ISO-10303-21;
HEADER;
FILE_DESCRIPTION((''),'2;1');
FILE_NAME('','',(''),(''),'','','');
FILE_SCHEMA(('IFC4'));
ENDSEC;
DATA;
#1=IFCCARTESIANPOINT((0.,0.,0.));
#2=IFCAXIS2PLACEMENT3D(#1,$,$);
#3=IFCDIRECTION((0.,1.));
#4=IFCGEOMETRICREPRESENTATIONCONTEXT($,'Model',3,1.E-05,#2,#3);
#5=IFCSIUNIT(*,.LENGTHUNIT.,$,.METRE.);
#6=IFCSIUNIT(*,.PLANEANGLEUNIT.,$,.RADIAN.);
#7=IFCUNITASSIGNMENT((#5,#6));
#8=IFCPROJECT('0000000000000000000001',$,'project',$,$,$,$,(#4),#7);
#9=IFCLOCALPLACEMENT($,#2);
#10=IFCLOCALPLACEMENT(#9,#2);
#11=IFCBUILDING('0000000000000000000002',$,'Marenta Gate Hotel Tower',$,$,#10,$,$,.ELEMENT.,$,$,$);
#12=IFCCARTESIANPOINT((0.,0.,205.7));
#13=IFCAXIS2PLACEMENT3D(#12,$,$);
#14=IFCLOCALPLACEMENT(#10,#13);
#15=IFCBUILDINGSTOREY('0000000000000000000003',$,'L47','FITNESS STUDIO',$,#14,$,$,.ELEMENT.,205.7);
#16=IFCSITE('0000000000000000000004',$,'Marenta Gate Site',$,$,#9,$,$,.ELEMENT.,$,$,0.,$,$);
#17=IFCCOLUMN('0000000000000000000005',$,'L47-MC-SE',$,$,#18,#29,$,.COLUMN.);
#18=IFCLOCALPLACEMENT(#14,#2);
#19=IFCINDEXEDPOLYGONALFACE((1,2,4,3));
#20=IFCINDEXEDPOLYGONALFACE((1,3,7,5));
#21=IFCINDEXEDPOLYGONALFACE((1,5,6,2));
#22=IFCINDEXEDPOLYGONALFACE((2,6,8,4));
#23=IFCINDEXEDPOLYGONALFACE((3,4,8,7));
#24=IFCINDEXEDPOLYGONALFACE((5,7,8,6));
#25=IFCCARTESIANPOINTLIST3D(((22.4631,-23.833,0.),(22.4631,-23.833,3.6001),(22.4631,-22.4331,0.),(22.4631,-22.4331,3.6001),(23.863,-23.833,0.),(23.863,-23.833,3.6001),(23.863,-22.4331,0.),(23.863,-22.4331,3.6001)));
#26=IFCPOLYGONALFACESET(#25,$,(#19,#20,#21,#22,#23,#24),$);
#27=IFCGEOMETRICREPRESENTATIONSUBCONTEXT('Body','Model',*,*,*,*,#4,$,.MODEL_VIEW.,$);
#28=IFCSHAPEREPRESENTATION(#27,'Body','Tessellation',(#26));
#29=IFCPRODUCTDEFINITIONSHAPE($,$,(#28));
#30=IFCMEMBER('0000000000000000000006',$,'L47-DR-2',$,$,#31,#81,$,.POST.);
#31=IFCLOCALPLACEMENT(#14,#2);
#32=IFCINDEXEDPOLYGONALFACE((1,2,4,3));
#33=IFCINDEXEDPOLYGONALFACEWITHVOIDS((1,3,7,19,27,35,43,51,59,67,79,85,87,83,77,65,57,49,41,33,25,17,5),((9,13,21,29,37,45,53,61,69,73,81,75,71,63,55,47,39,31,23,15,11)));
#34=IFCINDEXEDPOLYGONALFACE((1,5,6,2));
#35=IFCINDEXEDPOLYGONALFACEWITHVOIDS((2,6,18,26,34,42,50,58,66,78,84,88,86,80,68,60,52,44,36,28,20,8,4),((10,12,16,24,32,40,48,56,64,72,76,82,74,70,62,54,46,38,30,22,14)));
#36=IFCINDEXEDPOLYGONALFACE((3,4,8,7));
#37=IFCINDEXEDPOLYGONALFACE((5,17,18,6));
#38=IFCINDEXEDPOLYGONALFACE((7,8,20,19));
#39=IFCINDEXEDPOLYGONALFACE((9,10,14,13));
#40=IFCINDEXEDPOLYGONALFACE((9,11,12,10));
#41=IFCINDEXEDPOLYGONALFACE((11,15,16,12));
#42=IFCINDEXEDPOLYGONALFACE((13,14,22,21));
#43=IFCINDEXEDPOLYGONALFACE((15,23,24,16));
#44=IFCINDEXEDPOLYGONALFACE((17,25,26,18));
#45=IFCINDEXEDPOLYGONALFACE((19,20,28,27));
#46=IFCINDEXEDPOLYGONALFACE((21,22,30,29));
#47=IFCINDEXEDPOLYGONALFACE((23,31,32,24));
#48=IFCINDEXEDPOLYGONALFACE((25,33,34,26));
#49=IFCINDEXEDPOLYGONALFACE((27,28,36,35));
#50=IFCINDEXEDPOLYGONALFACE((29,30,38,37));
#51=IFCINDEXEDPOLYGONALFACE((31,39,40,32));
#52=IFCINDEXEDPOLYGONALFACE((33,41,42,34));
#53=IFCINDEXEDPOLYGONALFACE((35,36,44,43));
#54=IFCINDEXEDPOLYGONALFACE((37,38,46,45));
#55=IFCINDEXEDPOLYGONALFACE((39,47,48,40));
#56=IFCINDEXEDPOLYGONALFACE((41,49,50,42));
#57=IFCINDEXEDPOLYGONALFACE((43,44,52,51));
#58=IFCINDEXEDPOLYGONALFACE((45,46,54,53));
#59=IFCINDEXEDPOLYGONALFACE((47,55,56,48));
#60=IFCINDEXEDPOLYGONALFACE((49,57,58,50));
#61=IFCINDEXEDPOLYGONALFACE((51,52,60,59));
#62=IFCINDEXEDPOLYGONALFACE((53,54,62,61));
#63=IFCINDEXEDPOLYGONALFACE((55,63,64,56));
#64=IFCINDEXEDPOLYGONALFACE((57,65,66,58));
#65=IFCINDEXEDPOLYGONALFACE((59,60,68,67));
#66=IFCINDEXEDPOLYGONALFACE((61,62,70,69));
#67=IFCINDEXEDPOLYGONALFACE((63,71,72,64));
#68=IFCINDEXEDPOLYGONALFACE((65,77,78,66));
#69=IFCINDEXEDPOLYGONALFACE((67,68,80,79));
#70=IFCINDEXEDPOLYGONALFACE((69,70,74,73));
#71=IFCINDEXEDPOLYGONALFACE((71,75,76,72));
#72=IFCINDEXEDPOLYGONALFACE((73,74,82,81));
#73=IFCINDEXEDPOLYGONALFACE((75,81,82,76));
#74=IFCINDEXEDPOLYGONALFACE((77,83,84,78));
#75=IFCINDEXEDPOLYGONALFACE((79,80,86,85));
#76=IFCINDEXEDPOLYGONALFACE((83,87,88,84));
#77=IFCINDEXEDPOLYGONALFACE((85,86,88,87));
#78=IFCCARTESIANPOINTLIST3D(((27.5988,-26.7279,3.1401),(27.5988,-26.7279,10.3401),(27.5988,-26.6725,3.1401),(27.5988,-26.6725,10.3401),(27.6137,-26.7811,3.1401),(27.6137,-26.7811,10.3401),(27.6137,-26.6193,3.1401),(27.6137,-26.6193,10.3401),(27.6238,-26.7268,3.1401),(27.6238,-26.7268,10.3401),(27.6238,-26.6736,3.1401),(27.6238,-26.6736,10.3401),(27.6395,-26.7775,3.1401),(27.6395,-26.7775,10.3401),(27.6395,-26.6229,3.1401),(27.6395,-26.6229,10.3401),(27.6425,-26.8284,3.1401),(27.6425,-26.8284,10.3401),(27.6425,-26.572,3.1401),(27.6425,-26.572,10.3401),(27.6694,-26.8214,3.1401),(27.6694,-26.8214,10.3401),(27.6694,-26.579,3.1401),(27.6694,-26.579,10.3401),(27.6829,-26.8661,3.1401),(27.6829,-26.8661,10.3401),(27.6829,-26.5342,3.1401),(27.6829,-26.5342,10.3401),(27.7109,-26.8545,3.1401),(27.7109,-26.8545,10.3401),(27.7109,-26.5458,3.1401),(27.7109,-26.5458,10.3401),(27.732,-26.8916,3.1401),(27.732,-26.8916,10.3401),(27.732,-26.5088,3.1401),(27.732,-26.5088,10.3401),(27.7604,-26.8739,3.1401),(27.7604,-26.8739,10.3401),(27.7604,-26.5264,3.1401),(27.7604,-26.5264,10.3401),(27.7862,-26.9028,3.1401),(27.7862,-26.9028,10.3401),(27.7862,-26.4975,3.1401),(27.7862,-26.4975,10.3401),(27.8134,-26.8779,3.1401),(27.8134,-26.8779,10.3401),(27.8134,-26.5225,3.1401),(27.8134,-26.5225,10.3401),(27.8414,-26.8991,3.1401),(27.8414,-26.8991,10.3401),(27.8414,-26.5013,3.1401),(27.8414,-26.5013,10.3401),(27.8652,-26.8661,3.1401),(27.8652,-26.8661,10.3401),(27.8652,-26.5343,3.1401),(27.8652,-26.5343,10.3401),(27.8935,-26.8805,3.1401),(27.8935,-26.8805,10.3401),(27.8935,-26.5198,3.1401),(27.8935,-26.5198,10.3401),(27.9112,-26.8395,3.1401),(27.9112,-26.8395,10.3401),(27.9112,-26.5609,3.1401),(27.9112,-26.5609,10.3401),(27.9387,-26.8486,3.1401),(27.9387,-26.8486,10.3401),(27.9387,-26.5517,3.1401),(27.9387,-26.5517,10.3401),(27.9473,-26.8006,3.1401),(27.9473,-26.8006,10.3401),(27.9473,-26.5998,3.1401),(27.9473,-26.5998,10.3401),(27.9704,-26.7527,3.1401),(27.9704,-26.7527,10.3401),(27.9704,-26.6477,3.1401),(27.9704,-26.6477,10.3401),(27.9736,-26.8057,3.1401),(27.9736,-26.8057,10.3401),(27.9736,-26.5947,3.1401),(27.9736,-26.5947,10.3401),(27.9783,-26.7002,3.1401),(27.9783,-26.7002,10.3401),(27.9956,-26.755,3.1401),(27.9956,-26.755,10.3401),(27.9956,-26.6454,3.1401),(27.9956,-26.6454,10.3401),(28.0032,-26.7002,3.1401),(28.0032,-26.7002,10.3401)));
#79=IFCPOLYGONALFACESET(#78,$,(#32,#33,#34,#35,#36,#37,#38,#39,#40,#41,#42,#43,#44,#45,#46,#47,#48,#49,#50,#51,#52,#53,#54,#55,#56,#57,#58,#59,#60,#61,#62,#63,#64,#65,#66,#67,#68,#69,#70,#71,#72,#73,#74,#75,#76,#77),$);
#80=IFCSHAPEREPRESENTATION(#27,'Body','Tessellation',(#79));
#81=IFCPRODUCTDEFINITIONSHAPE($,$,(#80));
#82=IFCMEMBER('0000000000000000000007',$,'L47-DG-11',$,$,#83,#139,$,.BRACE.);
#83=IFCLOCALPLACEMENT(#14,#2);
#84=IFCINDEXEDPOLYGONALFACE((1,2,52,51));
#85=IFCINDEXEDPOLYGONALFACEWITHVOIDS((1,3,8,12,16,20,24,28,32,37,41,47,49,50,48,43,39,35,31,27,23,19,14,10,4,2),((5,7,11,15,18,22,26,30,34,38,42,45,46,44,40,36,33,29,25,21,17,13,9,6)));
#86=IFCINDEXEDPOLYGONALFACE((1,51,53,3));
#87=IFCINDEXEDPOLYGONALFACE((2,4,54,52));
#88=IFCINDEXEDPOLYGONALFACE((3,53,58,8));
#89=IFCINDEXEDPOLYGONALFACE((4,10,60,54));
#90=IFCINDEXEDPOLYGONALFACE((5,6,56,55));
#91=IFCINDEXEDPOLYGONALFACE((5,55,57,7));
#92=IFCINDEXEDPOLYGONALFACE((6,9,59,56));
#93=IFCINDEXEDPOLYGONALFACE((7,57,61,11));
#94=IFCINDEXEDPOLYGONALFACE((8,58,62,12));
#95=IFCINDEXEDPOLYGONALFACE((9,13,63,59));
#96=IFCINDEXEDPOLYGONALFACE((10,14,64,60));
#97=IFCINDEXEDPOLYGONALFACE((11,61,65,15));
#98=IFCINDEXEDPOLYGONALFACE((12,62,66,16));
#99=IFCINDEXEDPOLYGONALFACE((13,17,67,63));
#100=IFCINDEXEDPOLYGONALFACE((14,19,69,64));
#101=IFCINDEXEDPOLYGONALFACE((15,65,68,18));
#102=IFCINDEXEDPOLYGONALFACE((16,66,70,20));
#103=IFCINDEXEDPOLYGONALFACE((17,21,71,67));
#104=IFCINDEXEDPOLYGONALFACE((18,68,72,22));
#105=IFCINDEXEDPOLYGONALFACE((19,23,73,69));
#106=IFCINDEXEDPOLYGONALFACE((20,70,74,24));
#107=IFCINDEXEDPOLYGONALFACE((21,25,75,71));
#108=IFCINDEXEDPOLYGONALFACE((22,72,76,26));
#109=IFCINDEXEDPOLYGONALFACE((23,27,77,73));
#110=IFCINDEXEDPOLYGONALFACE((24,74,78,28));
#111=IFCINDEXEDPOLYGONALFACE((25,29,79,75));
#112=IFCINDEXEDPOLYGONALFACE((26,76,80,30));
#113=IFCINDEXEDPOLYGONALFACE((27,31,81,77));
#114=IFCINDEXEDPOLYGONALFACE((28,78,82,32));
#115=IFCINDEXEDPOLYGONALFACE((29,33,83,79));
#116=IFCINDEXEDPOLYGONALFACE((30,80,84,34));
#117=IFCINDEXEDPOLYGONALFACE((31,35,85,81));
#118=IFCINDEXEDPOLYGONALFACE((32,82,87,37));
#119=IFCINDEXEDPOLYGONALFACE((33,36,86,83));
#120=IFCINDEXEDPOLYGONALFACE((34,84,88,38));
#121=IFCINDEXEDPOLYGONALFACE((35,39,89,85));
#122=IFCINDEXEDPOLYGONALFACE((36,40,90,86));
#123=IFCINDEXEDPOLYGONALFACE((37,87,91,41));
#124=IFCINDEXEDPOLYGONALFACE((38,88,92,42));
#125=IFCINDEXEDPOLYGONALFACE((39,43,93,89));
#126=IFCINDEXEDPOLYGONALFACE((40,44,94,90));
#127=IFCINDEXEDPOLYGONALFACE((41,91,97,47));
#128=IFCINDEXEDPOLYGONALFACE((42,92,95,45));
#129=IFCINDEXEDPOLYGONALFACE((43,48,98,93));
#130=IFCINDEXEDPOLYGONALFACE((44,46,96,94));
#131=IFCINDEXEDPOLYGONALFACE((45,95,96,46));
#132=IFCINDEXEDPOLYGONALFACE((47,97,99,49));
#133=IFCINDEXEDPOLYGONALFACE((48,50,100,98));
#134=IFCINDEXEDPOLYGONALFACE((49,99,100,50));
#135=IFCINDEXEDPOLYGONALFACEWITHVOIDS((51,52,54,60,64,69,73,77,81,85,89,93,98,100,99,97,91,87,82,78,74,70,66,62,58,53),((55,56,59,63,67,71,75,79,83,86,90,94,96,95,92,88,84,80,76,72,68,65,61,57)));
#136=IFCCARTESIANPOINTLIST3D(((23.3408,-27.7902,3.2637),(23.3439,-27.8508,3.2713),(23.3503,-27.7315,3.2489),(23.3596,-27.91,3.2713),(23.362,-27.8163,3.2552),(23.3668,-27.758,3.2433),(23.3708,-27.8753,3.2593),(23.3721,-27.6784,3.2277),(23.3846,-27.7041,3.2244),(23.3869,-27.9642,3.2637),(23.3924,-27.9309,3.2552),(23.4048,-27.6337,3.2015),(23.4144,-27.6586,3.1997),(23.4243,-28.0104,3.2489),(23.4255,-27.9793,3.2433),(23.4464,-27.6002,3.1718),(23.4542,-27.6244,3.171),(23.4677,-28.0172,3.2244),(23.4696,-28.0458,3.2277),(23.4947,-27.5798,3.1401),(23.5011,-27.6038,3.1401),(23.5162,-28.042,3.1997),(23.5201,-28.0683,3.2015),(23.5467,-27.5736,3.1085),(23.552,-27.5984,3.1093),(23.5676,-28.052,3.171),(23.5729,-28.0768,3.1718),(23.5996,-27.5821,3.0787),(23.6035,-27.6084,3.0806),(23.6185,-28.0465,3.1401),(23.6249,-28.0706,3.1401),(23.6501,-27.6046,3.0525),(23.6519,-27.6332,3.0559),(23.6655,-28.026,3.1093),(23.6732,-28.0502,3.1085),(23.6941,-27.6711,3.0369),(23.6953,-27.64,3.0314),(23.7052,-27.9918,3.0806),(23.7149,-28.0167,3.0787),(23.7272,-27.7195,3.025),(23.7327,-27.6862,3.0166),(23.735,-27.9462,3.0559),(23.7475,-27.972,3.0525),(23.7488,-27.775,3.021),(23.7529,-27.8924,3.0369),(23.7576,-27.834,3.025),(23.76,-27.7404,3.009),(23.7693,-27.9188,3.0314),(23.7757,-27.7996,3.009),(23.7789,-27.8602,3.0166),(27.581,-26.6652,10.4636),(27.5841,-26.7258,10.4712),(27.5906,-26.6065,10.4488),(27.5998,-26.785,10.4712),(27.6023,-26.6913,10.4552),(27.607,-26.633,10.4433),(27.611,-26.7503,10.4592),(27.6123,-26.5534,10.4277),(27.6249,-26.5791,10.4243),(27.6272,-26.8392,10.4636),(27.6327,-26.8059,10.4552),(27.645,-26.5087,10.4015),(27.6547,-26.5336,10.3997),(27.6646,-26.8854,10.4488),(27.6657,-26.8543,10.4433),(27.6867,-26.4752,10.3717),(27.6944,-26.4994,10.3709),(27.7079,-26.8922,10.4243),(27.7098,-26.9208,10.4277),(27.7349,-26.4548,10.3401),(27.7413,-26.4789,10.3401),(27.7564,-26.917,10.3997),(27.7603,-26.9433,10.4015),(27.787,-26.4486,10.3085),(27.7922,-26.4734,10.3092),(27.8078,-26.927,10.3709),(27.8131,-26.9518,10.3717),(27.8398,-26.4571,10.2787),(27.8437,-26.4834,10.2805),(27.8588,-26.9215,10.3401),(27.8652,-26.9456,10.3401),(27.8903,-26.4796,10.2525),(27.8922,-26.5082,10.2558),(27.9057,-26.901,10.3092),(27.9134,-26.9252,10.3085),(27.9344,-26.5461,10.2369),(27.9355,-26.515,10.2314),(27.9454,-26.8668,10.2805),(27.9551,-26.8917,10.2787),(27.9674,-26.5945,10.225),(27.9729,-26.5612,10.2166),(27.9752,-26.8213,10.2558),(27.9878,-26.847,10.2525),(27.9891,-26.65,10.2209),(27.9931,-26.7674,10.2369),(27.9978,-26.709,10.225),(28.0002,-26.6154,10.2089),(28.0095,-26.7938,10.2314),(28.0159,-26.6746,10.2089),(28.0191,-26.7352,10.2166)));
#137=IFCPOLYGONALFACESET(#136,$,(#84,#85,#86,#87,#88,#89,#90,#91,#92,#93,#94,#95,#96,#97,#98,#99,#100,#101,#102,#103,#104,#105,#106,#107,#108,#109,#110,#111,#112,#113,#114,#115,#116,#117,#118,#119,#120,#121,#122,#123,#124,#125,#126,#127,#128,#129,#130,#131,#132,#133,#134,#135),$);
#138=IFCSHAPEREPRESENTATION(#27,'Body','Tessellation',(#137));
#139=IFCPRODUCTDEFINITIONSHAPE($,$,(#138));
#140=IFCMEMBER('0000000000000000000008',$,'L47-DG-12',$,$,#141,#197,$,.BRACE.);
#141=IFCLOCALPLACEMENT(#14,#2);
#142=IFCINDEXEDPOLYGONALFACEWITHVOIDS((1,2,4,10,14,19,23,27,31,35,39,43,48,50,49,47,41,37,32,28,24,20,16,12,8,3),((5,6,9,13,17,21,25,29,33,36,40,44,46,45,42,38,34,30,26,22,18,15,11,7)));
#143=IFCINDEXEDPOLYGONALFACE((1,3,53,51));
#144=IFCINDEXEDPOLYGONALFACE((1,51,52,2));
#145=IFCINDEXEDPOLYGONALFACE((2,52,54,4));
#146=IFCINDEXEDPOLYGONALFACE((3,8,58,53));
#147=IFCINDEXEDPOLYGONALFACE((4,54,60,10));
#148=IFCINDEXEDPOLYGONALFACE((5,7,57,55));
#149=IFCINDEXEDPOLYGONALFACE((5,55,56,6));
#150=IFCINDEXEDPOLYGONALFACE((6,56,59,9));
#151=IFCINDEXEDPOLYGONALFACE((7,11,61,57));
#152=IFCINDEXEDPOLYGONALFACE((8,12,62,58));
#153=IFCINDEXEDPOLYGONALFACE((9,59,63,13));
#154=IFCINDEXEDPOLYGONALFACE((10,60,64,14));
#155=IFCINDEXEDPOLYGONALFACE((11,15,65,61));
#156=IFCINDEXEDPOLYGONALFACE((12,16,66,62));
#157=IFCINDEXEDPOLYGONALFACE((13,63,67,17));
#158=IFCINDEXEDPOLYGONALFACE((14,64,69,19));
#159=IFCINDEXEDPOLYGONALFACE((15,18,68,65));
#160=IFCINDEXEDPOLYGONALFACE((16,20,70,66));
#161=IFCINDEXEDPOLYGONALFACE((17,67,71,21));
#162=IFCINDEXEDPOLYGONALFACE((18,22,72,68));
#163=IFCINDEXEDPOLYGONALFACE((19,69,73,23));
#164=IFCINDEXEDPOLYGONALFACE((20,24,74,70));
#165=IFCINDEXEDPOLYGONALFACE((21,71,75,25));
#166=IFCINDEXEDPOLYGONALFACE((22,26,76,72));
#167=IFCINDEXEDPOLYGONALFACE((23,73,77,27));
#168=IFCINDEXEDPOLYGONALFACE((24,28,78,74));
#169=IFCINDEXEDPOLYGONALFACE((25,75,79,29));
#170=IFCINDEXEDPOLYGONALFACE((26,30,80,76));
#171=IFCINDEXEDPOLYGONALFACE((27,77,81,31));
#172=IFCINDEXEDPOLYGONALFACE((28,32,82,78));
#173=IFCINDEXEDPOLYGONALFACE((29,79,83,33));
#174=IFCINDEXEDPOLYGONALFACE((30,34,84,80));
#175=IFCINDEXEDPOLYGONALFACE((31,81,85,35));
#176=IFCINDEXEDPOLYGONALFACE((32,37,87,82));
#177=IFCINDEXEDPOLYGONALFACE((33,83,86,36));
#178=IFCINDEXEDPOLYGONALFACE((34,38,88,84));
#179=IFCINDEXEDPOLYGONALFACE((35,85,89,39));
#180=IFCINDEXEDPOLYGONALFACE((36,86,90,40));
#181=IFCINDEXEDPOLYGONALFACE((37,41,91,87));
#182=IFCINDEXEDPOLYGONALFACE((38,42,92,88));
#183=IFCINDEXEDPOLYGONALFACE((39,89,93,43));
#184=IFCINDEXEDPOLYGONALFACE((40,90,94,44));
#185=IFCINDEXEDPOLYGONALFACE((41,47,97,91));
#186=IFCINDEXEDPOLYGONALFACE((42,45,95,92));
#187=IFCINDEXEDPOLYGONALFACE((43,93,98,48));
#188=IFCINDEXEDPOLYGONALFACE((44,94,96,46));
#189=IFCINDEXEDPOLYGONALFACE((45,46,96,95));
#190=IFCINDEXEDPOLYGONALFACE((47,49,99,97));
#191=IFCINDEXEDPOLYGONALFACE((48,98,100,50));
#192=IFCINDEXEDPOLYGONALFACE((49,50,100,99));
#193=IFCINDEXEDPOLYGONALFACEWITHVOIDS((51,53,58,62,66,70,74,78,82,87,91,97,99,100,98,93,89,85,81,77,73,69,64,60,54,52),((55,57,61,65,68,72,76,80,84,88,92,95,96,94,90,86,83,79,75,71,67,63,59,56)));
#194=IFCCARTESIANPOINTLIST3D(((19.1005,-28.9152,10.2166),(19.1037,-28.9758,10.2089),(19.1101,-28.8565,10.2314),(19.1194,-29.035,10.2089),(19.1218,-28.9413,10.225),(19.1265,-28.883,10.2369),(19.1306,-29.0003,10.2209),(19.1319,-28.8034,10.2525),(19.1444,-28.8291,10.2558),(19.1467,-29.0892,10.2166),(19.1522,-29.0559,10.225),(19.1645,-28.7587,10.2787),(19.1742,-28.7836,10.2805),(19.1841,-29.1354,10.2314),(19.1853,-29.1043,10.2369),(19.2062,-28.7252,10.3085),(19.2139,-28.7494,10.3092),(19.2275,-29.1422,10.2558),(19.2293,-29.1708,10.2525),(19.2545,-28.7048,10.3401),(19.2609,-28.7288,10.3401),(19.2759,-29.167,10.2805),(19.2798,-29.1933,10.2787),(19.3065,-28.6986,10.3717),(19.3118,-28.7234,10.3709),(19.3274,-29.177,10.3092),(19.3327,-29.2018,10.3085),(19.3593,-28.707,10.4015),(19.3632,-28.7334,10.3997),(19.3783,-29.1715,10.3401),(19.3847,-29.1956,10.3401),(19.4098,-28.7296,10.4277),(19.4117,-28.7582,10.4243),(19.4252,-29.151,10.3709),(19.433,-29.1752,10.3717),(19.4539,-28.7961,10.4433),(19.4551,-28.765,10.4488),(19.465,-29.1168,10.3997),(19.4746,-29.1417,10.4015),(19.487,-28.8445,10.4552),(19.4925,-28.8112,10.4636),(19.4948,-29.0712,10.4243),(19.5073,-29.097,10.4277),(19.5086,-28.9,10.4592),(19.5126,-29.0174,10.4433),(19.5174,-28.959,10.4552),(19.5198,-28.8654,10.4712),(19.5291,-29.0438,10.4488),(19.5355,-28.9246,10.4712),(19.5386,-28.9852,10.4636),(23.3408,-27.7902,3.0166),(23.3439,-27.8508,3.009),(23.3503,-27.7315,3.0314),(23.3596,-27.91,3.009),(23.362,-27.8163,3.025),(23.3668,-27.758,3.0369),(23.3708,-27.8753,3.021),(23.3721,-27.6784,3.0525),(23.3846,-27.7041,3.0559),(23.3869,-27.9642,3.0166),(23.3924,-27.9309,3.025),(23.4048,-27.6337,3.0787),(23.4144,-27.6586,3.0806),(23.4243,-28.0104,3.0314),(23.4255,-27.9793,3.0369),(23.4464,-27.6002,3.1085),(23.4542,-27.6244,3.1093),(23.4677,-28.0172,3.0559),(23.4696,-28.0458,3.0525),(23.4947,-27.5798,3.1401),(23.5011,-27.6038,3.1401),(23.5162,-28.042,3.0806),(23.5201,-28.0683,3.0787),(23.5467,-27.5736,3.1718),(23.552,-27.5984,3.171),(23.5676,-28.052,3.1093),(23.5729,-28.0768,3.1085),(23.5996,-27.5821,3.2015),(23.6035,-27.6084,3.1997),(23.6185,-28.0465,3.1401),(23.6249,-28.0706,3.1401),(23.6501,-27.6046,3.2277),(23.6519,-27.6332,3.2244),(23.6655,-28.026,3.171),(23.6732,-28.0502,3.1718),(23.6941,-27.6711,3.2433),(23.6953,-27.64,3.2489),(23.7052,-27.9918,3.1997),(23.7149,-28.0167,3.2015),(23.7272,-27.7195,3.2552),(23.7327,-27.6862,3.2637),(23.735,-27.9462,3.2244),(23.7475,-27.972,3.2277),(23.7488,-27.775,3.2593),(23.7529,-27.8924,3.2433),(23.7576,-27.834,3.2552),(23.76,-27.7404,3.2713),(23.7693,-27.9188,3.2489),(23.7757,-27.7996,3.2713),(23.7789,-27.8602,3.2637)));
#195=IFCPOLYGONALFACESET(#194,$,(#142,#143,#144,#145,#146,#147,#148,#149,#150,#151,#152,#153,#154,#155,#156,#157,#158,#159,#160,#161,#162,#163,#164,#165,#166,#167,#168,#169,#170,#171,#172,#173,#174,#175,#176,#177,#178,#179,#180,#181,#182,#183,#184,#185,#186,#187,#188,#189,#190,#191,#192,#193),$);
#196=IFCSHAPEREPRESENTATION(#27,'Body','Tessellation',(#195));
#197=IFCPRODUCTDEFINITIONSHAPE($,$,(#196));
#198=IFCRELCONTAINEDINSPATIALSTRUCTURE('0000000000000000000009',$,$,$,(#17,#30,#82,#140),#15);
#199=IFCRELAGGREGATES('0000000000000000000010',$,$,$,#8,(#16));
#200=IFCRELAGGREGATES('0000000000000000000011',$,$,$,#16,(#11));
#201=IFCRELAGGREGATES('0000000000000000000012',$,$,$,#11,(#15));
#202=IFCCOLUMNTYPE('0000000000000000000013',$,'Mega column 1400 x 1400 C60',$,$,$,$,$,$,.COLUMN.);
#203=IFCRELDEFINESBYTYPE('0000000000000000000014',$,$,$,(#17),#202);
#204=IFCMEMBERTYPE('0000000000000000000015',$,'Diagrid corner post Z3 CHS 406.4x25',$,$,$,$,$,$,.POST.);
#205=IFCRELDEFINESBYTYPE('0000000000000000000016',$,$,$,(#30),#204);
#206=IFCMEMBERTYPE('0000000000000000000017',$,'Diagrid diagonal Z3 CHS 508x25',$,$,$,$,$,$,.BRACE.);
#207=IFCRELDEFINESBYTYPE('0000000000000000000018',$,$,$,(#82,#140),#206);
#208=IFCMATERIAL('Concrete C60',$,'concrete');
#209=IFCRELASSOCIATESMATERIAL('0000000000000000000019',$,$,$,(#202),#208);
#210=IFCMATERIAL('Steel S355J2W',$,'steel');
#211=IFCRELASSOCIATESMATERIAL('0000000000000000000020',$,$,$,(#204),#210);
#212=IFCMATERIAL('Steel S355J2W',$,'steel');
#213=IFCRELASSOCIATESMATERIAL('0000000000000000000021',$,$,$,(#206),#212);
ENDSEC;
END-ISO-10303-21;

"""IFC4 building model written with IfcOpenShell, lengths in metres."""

from ifc_helpers import new_model, si_unit, direction, frame, origin, origin_2d, place, context, subcontext, project, spatial, rectangle, hollow_circle, extrude, material, material_profile, profile_set, type_object, element, save


model = new_model("IFC4")

# Units and contexts
model_context = context("Model", 3, precision=1e-05, world=origin(), true_north=direction((0.0, 1.0)))
body_context = subcontext(model_context, "Body", "Model", "MODEL_VIEW")
ifc_project = project(units=[si_unit("LENGTHUNIT", "METRE"), si_unit("PLANEANGLEUNIT", "RADIAN")], contexts=[model_context])

# Site, building, storey
site_placement = place(None, origin())
site = spatial("IfcSite", under=ifc_project, at=site_placement, Name="Marenta Gate Site", CompositionType="ELEMENT", RefElevation=0.0)
building_placement = place(site_placement, origin())
building = spatial("IfcBuilding", under=site, at=building_placement, Name="Marenta Gate Hotel Tower", CompositionType="ELEMENT")
storey_placement = place(building_placement, frame((0.0, 0.0, 205.7)))
storey = spatial("IfcBuildingStorey", under=building, at=storey_placement, Name="L47", Description="FITNESS STUDIO", CompositionType="ELEMENT", Elevation=205.7)

# Column
ifc_material_1 = material(Name="Concrete C60", Category="concrete")
ifc_material_profile_1 = material_profile(ifc_material_1, rectangle(XDim=1.3999, YDim=1.3999, at=origin_2d()), Name="1400 x 1400")
ifc_profile_set_1 = profile_set([ifc_material_profile_1], Name="Concrete C60")
column_type = type_object("IfcColumnType", Name="Mega column 1400 x 1400 C60", PredefinedType="COLUMN", material=ifc_profile_set_1)
column_placement = place(storey_placement, frame((23.1631, -23.1331, 0.0), z_axis=(0.0, 0.0, 1.0), x_axis=(1.0, 0.0, 0.0)))
element("IfcColumn", 1, at=column_placement, inside=storey, type_object=column_type, Name="L47-MC-SE", PredefinedType="COLUMN", context=body_context, shape_type="SweptSolid", body=[
    extrude(rectangle(XDim=1.3999, YDim=1.3999, at=origin_2d()), origin(), (0.0, 0.0, 1.0), 3.6001),
])

# Members
ifc_material_2 = material(Name="Steel S355J2W", Category="steel")
ifc_material_profile_2 = material_profile(ifc_material_2, hollow_circle(Radius=0.2031, WallThickness=0.0249, at=origin_2d()), Name="CHS 406.4x25")
ifc_profile_set_2 = profile_set([ifc_material_profile_2], Name="Steel S355J2W")
member_type_1 = type_object("IfcMemberType", Name="Diagrid corner post Z3 CHS 406.4x25", PredefinedType="POST", material=ifc_profile_set_2)
member_1_placement = place(storey_placement, frame((27.8, -26.7002, 3.1401), z_axis=(0.0, 0.0, 1.0), x_axis=(1.0, 0.0, 0.0)))
element("IfcMember", 2, at=member_1_placement, inside=storey, type_object=member_type_1, Name="L47-DR-2", PredefinedType="POST", context=body_context, shape_type="SweptSolid", body=[
    extrude(hollow_circle(Radius=0.2031, WallThickness=0.0249, at=origin_2d()), origin(), (0.0, 0.0, 1.0), 7.2),
])
ifc_material_3 = material(Name="Steel S355J2W", Category="steel")
ifc_material_profile_3 = material_profile(ifc_material_3, hollow_circle(Radius=0.2539, WallThickness=0.0249, at=origin_2d()), Name="CHS 508x25")
ifc_profile_set_3 = profile_set([ifc_material_profile_3], Name="Steel S355J2W")
member_type_2 = type_object("IfcMemberType", Name="Diagrid diagonal Z3 CHS 508x25", PredefinedType="BRACE", material=ifc_profile_set_3)
for number, where, z_axis, x_axis, name in (
    (3, (23.5598, -27.8252, 3.1401), (0.502924, 0.133434, 0.853969), (-0.256443, 0.966559, 0.0), "L47-DG-11"),
    (4, (23.5598, -27.8252, 3.1401), (-0.502924, -0.133434, 0.853969), (0.256443, -0.966559, 0.0), "L47-DG-12"),
):
    element("IfcMember", number, at=place(storey_placement, frame(where, z_axis=z_axis, x_axis=x_axis)), inside=storey, type_object=member_type_2, Name=name, PredefinedType="BRACE", context=body_context, shape_type="SweptSolid", body=[
        extrude(hollow_circle(Radius=0.2539, WallThickness=0.0249, at=origin_2d()), origin(), (0.0, 0.0, 1.0), 8.4312),
    ])

save(model, "model.ifc")
